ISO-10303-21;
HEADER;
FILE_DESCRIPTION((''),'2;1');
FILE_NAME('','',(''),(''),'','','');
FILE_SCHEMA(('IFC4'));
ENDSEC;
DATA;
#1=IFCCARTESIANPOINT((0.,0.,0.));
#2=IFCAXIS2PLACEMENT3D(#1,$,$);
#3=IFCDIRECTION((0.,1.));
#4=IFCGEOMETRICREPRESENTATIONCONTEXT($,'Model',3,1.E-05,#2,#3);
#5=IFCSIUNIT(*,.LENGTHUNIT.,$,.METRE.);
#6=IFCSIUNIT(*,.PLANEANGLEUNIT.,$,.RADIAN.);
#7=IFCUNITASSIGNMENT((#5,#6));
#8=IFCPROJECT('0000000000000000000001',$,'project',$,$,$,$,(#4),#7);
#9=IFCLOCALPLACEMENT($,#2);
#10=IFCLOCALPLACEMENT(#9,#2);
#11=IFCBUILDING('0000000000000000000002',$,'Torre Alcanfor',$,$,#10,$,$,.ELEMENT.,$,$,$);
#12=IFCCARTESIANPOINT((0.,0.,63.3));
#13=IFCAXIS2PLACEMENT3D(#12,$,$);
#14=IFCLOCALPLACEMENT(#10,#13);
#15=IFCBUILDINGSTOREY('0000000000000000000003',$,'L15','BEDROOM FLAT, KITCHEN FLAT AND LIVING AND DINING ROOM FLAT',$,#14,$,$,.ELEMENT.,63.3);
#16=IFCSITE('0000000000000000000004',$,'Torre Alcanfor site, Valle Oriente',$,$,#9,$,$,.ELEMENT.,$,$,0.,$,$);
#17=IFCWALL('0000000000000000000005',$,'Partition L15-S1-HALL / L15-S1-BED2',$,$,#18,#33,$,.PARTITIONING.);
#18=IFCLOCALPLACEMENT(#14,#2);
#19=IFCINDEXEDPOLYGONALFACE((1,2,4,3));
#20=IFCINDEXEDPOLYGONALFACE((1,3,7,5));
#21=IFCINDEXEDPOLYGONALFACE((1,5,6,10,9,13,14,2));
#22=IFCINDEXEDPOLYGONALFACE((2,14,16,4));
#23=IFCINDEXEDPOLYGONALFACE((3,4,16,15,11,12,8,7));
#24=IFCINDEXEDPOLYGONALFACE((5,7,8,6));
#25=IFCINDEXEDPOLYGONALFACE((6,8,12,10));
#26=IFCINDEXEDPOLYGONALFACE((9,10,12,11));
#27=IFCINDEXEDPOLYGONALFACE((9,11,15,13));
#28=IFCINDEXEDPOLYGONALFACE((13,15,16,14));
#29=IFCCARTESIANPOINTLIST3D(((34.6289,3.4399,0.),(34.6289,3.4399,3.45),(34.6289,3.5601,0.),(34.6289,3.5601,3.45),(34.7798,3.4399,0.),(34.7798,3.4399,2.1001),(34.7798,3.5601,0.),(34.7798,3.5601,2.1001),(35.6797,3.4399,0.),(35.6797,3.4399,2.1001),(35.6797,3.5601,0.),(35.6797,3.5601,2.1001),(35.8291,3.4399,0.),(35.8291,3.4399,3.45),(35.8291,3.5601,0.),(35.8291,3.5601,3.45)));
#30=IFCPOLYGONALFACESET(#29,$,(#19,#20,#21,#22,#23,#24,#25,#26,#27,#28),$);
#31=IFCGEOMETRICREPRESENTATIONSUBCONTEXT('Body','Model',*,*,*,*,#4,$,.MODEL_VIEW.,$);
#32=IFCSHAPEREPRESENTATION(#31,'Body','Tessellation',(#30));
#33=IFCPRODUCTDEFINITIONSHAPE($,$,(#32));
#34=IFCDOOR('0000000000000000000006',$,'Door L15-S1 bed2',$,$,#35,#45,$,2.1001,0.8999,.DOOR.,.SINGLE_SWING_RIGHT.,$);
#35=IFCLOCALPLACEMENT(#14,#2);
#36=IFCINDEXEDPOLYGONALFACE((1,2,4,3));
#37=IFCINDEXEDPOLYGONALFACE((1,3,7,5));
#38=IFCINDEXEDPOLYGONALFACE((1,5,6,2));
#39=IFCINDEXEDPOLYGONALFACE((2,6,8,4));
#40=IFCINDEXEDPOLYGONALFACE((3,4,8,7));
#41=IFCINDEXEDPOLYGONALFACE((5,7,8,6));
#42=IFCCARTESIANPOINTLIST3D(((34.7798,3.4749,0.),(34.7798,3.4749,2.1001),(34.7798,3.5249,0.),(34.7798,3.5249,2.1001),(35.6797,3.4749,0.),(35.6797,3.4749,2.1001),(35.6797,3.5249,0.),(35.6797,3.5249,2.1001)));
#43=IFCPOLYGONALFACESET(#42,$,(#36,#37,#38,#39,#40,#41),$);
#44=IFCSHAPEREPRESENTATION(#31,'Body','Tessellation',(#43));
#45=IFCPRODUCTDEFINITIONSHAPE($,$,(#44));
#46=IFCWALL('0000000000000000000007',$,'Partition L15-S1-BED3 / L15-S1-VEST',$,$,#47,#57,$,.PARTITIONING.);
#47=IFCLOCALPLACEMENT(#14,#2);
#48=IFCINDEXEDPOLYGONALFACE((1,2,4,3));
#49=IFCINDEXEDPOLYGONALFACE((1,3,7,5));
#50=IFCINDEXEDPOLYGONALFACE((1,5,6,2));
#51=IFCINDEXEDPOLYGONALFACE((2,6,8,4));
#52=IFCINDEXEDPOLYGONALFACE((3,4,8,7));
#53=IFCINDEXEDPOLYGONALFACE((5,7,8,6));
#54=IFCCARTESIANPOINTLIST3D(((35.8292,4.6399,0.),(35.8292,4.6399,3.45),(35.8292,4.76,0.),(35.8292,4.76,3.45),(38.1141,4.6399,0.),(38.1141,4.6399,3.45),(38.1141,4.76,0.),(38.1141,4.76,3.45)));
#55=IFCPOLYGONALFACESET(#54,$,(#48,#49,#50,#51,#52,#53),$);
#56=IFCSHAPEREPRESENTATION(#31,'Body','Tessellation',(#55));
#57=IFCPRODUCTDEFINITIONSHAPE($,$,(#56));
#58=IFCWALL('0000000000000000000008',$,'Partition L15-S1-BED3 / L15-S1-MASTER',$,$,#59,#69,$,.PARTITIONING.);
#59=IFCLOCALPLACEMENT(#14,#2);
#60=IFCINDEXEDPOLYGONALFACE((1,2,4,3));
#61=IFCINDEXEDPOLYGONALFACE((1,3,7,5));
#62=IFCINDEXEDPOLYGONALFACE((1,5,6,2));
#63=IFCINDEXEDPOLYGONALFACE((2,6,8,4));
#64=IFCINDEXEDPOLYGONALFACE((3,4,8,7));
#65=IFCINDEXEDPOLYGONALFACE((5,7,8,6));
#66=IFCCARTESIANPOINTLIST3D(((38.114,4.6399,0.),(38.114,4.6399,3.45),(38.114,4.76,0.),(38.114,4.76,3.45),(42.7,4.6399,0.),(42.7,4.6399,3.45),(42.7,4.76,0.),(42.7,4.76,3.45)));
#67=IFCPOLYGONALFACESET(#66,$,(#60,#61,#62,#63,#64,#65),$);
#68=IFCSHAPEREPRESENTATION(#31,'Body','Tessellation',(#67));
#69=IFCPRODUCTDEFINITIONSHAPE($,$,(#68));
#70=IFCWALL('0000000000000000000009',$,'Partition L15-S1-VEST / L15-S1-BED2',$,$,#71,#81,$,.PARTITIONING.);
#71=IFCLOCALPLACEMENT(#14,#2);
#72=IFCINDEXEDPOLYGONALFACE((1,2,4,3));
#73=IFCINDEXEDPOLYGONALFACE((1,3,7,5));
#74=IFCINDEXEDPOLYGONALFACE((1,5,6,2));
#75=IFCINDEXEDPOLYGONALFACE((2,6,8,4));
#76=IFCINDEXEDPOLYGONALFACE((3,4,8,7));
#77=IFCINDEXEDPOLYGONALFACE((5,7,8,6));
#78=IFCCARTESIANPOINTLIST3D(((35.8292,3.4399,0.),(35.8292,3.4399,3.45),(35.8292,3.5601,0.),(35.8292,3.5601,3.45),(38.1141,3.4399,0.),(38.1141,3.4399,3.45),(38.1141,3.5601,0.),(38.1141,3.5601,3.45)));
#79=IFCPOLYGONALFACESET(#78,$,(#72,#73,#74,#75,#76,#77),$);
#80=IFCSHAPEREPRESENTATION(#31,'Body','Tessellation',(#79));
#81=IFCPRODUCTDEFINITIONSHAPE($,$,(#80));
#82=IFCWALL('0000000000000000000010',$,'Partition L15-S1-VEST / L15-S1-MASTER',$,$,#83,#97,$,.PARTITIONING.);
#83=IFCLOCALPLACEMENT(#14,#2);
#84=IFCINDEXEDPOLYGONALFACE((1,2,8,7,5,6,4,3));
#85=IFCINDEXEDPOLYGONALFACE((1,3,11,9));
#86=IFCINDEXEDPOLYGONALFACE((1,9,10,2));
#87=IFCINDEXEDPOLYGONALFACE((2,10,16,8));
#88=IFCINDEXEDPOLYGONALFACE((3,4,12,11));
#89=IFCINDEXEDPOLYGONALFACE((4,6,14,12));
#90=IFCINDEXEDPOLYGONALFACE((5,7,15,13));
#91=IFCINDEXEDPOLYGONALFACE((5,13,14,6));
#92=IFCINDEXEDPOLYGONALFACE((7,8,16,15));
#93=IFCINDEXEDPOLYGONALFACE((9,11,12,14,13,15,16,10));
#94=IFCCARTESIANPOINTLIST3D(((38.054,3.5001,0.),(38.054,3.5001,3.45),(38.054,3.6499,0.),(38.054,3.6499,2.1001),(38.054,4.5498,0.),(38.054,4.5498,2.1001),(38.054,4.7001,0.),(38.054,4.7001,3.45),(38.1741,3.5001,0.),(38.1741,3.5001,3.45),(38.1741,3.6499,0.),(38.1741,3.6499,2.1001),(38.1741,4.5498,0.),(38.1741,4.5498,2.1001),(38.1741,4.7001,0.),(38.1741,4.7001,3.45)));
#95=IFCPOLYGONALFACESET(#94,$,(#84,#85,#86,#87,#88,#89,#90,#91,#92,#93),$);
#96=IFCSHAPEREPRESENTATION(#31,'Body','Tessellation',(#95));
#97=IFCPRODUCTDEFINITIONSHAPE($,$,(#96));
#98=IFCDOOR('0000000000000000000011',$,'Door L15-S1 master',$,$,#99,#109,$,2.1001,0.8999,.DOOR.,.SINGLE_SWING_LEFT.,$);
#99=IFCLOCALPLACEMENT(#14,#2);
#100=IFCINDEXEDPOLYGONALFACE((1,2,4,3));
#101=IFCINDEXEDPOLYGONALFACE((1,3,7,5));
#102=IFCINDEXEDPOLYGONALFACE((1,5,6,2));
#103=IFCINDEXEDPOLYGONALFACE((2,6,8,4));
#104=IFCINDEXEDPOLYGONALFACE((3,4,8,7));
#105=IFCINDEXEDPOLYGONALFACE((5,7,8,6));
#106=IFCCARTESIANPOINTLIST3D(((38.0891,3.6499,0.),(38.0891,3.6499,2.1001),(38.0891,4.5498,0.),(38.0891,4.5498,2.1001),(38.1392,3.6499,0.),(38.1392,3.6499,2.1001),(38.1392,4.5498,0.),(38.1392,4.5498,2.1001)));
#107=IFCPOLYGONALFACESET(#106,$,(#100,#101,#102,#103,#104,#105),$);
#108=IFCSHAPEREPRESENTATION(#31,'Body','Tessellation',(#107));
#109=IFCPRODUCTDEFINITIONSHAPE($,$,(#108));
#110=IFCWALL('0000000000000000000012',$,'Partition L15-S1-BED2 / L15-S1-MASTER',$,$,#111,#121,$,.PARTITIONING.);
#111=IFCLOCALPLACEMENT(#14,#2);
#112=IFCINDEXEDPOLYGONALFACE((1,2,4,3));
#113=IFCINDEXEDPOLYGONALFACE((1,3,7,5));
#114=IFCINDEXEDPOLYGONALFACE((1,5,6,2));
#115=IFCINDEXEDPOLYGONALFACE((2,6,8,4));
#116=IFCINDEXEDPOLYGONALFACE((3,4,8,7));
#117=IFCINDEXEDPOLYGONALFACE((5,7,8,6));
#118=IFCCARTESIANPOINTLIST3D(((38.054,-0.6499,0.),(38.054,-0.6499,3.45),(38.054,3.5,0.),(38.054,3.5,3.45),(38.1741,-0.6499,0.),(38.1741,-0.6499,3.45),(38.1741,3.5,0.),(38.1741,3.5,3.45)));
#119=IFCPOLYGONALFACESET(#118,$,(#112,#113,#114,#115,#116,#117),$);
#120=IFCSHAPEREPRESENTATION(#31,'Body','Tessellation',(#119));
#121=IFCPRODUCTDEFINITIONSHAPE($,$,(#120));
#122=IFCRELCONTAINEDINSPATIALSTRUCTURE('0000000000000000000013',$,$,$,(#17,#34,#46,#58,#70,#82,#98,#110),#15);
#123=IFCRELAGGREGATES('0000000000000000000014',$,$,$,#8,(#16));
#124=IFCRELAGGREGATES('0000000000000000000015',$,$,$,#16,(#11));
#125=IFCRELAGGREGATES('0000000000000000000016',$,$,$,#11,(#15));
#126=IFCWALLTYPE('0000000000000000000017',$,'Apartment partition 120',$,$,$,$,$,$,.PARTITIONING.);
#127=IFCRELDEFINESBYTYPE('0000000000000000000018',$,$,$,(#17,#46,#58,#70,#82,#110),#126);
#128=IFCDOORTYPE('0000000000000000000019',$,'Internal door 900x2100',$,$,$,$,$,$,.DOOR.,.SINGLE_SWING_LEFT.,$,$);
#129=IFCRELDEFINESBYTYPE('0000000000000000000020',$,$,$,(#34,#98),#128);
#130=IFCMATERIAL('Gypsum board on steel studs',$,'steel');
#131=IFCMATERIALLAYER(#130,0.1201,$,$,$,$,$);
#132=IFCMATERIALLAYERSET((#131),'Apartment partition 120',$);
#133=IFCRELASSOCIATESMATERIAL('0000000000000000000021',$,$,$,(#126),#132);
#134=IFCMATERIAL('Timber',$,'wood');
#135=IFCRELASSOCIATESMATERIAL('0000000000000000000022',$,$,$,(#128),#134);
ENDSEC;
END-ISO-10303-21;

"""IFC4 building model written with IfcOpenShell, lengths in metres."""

from ifc_helpers import new_model, si_unit, direction, frame, frame_2d, origin, place, context, subcontext, project, spatial, rectangle, extrude, material, layer, layer_set, type_object, element, fill, save


model = new_model("IFC4")

# Units and contexts
model_context = context("Model", 3, precision=1e-05, world=origin(), true_north=direction((0.0, 1.0)))
body_context = subcontext(model_context, "Body", "Model", "MODEL_VIEW")
ifc_project = project(units=[si_unit("LENGTHUNIT", "METRE"), si_unit("PLANEANGLEUNIT", "RADIAN")], contexts=[model_context])

# Site, building, storey
site_placement = place(None, origin())
site = spatial("IfcSite", under=ifc_project, at=site_placement, Name="Torre Alcanfor site, Valle Oriente", CompositionType="ELEMENT", RefElevation=0.0)
building_placement = place(site_placement, origin())
building = spatial("IfcBuilding", under=site, at=building_placement, Name="Torre Alcanfor", CompositionType="ELEMENT")
storey_placement = place(building_placement, frame((0.0, 0.0, 63.3)))
storey = spatial("IfcBuildingStorey", under=building, at=storey_placement, Name="L15", Description="BEDROOM FLAT, KITCHEN FLAT AND LIVING AND DINING ROOM FLAT", CompositionType="ELEMENT", Elevation=63.3)

# Shared definitions
ifc_material_1 = material(Name="Gypsum board on steel studs", Category="steel")
ifc_layer_1 = layer(ifc_material_1, 0.1201)
ifc_layer_set_1 = layer_set([ifc_layer_1], Name="Apartment partition 120")
wall_type_1 = type_object("IfcWallType", Name="Apartment partition 120", PredefinedType="PARTITIONING", material=ifc_layer_set_1)

# Wall, opening, door
ifc_material_2 = material(Name="Timber", Category="wood")
door_type = type_object("IfcDoorType", Name="Internal door 900x2100", OperationType="SINGLE_SWING_LEFT", PredefinedType="DOOR", material=ifc_material_2)
wall_1_placement = place(storey_placement, frame((34.6289, 3.5, 0.0), z_axis=(0.0, 0.0, 1.0), x_axis=(1.0, 0.0, 0.0)))
wall_1 = element("IfcWall", 1, at=wall_1_placement, inside=storey, type_object=wall_type_1, Name="Partition L15-S1-HALL / L15-S1-BED2", PredefinedType="PARTITIONING", context=body_context, shape_type="SweptSolid", body=[
    extrude(rectangle(XDim=1.2002, YDim=0.1201, at=frame_2d((0.6001, 0.0))), origin(), (0.0, 0.0, 1.0), 3.45),
])
opening_1_placement = place(wall_1_placement, frame((0.1509, 0.0, 0.0)))
opening_1 = element("IfcOpeningElement", 2, at=opening_1_placement, cuts=wall_1, PredefinedType="OPENING", context=body_context, shape_type="SweptSolid", body=[
    extrude(rectangle(XDim=0.8999, YDim=2.1001, at=frame_2d((0.45, 1.05))), frame((0.0, 0.0701, 0.0), z_axis=(0.0, -1.0, 0.0), x_axis=(1.0, 0.0, 0.0)), (0.0, 0.0, 1.0), 0.1401),
])
door_1_placement = place(opening_1_placement, frame((0.8999, 0.0, 0.0), z_axis=(0.0, 0.0, 1.0), x_axis=(-1.0, 0.0, 0.0)))
door_1 = element("IfcDoor", 3, at=door_1_placement, inside=storey, type_object=door_type, Name="Door L15-S1 bed2", OperationType="SINGLE_SWING_RIGHT", OverallHeight=2.1001, OverallWidth=0.8999, PredefinedType="DOOR", context=body_context, shape_type="SweptSolid", body=[
    extrude(rectangle(XDim=0.8999, YDim=2.1001, at=frame_2d((0.45, 1.05))), frame((0.0, 0.0251, 0.0), z_axis=(0.0, -1.0, 0.0), x_axis=(1.0, 0.0, 0.0)), (0.0, 0.0, 1.0), 0.05),
])
fill(opening_1, door_1)

# Walls
wall_2_placement = place(storey_placement, frame((35.8291, 4.7, 0.0), z_axis=(0.0, 0.0, 1.0), x_axis=(1.0, 0.0, 0.0)))
element("IfcWall", 4, at=wall_2_placement, inside=storey, type_object=wall_type_1, Name="Partition L15-S1-BED3 / L15-S1-VEST", PredefinedType="PARTITIONING", context=body_context, shape_type="SweptSolid", body=[
    extrude(rectangle(XDim=2.2849, YDim=0.1201, at=frame_2d((1.1426, 0.0))), origin(), (0.0, 0.0, 1.0), 3.45),
])
wall_3_placement = place(storey_placement, frame((38.114, 4.7, 0.0), z_axis=(0.0, 0.0, 1.0), x_axis=(1.0, 0.0, 0.0)))
element("IfcWall", 5, at=wall_3_placement, inside=storey, type_object=wall_type_1, Name="Partition L15-S1-BED3 / L15-S1-MASTER", PredefinedType="PARTITIONING", context=body_context, shape_type="SweptSolid", body=[
    extrude(rectangle(XDim=4.5859, YDim=0.1201, at=frame_2d((2.293, 0.0))), origin(), (0.0, 0.0, 1.0), 3.45),
])
wall_4_placement = place(storey_placement, frame((35.8291, 3.5, 0.0), z_axis=(0.0, 0.0, 1.0), x_axis=(1.0, 0.0, 0.0)))
element("IfcWall", 6, at=wall_4_placement, inside=storey, type_object=wall_type_1, Name="Partition L15-S1-VEST / L15-S1-BED2", PredefinedType="PARTITIONING", context=body_context, shape_type="SweptSolid", body=[
    extrude(rectangle(XDim=2.2849, YDim=0.1201, at=frame_2d((1.1426, 0.0))), origin(), (0.0, 0.0, 1.0), 3.45),
])

# Wall, opening, door
wall_5_placement = place(storey_placement, frame((38.114, 3.5, 0.0), z_axis=(0.0, 0.0, 1.0), x_axis=(0.0, 1.0, 0.0)))
wall_5 = element("IfcWall", 7, at=wall_5_placement, inside=storey, type_object=wall_type_1, Name="Partition L15-S1-VEST / L15-S1-MASTER", PredefinedType="PARTITIONING", context=body_context, shape_type="SweptSolid", body=[
    extrude(rectangle(XDim=1.2, YDim=0.1201, at=frame_2d((0.6001, 0.0))), origin(), (0.0, 0.0, 1.0), 3.45),
])
opening_2_placement = place(wall_5_placement, frame((0.1499, 0.0, 0.0)))
opening_2 = element("IfcOpeningElement", 8, at=opening_2_placement, cuts=wall_5, PredefinedType="OPENING", context=body_context, shape_type="SweptSolid", body=[
    extrude(rectangle(XDim=0.8999, YDim=2.1001, at=frame_2d((0.45, 1.05))), frame((0.0, 0.0701, 0.0), z_axis=(0.0, -1.0, 0.0), x_axis=(1.0, 0.0, 0.0)), (0.0, 0.0, 1.0), 0.1401),
])
door_2_placement = place(opening_2_placement, origin())
door_2 = element("IfcDoor", 9, at=door_2_placement, inside=storey, type_object=door_type, Name="Door L15-S1 master", OperationType="SINGLE_SWING_LEFT", OverallHeight=2.1001, OverallWidth=0.8999, PredefinedType="DOOR", context=body_context, shape_type="SweptSolid", body=[
    extrude(rectangle(XDim=0.8999, YDim=2.1001, at=frame_2d((0.45, 1.05))), frame((0.0, 0.0249, 0.0), z_axis=(0.0, -1.0, 0.0), x_axis=(1.0, 0.0, 0.0)), (0.0, 0.0, 1.0), 0.05),
])
fill(opening_2, door_2)

# Wall
wall_6_placement = place(storey_placement, frame((38.114, -0.6499, 0.0), z_axis=(0.0, 0.0, 1.0), x_axis=(0.0, 1.0, 0.0)))
element("IfcWall", 10, at=wall_6_placement, inside=storey, type_object=wall_type_1, Name="Partition L15-S1-BED2 / L15-S1-MASTER", PredefinedType="PARTITIONING", context=body_context, shape_type="SweptSolid", body=[
    extrude(rectangle(XDim=4.1499, YDim=0.1201, at=frame_2d((2.075, 0.0))), origin(), (0.0, 0.0, 1.0), 3.45),
])

save(model, "model.ifc")
